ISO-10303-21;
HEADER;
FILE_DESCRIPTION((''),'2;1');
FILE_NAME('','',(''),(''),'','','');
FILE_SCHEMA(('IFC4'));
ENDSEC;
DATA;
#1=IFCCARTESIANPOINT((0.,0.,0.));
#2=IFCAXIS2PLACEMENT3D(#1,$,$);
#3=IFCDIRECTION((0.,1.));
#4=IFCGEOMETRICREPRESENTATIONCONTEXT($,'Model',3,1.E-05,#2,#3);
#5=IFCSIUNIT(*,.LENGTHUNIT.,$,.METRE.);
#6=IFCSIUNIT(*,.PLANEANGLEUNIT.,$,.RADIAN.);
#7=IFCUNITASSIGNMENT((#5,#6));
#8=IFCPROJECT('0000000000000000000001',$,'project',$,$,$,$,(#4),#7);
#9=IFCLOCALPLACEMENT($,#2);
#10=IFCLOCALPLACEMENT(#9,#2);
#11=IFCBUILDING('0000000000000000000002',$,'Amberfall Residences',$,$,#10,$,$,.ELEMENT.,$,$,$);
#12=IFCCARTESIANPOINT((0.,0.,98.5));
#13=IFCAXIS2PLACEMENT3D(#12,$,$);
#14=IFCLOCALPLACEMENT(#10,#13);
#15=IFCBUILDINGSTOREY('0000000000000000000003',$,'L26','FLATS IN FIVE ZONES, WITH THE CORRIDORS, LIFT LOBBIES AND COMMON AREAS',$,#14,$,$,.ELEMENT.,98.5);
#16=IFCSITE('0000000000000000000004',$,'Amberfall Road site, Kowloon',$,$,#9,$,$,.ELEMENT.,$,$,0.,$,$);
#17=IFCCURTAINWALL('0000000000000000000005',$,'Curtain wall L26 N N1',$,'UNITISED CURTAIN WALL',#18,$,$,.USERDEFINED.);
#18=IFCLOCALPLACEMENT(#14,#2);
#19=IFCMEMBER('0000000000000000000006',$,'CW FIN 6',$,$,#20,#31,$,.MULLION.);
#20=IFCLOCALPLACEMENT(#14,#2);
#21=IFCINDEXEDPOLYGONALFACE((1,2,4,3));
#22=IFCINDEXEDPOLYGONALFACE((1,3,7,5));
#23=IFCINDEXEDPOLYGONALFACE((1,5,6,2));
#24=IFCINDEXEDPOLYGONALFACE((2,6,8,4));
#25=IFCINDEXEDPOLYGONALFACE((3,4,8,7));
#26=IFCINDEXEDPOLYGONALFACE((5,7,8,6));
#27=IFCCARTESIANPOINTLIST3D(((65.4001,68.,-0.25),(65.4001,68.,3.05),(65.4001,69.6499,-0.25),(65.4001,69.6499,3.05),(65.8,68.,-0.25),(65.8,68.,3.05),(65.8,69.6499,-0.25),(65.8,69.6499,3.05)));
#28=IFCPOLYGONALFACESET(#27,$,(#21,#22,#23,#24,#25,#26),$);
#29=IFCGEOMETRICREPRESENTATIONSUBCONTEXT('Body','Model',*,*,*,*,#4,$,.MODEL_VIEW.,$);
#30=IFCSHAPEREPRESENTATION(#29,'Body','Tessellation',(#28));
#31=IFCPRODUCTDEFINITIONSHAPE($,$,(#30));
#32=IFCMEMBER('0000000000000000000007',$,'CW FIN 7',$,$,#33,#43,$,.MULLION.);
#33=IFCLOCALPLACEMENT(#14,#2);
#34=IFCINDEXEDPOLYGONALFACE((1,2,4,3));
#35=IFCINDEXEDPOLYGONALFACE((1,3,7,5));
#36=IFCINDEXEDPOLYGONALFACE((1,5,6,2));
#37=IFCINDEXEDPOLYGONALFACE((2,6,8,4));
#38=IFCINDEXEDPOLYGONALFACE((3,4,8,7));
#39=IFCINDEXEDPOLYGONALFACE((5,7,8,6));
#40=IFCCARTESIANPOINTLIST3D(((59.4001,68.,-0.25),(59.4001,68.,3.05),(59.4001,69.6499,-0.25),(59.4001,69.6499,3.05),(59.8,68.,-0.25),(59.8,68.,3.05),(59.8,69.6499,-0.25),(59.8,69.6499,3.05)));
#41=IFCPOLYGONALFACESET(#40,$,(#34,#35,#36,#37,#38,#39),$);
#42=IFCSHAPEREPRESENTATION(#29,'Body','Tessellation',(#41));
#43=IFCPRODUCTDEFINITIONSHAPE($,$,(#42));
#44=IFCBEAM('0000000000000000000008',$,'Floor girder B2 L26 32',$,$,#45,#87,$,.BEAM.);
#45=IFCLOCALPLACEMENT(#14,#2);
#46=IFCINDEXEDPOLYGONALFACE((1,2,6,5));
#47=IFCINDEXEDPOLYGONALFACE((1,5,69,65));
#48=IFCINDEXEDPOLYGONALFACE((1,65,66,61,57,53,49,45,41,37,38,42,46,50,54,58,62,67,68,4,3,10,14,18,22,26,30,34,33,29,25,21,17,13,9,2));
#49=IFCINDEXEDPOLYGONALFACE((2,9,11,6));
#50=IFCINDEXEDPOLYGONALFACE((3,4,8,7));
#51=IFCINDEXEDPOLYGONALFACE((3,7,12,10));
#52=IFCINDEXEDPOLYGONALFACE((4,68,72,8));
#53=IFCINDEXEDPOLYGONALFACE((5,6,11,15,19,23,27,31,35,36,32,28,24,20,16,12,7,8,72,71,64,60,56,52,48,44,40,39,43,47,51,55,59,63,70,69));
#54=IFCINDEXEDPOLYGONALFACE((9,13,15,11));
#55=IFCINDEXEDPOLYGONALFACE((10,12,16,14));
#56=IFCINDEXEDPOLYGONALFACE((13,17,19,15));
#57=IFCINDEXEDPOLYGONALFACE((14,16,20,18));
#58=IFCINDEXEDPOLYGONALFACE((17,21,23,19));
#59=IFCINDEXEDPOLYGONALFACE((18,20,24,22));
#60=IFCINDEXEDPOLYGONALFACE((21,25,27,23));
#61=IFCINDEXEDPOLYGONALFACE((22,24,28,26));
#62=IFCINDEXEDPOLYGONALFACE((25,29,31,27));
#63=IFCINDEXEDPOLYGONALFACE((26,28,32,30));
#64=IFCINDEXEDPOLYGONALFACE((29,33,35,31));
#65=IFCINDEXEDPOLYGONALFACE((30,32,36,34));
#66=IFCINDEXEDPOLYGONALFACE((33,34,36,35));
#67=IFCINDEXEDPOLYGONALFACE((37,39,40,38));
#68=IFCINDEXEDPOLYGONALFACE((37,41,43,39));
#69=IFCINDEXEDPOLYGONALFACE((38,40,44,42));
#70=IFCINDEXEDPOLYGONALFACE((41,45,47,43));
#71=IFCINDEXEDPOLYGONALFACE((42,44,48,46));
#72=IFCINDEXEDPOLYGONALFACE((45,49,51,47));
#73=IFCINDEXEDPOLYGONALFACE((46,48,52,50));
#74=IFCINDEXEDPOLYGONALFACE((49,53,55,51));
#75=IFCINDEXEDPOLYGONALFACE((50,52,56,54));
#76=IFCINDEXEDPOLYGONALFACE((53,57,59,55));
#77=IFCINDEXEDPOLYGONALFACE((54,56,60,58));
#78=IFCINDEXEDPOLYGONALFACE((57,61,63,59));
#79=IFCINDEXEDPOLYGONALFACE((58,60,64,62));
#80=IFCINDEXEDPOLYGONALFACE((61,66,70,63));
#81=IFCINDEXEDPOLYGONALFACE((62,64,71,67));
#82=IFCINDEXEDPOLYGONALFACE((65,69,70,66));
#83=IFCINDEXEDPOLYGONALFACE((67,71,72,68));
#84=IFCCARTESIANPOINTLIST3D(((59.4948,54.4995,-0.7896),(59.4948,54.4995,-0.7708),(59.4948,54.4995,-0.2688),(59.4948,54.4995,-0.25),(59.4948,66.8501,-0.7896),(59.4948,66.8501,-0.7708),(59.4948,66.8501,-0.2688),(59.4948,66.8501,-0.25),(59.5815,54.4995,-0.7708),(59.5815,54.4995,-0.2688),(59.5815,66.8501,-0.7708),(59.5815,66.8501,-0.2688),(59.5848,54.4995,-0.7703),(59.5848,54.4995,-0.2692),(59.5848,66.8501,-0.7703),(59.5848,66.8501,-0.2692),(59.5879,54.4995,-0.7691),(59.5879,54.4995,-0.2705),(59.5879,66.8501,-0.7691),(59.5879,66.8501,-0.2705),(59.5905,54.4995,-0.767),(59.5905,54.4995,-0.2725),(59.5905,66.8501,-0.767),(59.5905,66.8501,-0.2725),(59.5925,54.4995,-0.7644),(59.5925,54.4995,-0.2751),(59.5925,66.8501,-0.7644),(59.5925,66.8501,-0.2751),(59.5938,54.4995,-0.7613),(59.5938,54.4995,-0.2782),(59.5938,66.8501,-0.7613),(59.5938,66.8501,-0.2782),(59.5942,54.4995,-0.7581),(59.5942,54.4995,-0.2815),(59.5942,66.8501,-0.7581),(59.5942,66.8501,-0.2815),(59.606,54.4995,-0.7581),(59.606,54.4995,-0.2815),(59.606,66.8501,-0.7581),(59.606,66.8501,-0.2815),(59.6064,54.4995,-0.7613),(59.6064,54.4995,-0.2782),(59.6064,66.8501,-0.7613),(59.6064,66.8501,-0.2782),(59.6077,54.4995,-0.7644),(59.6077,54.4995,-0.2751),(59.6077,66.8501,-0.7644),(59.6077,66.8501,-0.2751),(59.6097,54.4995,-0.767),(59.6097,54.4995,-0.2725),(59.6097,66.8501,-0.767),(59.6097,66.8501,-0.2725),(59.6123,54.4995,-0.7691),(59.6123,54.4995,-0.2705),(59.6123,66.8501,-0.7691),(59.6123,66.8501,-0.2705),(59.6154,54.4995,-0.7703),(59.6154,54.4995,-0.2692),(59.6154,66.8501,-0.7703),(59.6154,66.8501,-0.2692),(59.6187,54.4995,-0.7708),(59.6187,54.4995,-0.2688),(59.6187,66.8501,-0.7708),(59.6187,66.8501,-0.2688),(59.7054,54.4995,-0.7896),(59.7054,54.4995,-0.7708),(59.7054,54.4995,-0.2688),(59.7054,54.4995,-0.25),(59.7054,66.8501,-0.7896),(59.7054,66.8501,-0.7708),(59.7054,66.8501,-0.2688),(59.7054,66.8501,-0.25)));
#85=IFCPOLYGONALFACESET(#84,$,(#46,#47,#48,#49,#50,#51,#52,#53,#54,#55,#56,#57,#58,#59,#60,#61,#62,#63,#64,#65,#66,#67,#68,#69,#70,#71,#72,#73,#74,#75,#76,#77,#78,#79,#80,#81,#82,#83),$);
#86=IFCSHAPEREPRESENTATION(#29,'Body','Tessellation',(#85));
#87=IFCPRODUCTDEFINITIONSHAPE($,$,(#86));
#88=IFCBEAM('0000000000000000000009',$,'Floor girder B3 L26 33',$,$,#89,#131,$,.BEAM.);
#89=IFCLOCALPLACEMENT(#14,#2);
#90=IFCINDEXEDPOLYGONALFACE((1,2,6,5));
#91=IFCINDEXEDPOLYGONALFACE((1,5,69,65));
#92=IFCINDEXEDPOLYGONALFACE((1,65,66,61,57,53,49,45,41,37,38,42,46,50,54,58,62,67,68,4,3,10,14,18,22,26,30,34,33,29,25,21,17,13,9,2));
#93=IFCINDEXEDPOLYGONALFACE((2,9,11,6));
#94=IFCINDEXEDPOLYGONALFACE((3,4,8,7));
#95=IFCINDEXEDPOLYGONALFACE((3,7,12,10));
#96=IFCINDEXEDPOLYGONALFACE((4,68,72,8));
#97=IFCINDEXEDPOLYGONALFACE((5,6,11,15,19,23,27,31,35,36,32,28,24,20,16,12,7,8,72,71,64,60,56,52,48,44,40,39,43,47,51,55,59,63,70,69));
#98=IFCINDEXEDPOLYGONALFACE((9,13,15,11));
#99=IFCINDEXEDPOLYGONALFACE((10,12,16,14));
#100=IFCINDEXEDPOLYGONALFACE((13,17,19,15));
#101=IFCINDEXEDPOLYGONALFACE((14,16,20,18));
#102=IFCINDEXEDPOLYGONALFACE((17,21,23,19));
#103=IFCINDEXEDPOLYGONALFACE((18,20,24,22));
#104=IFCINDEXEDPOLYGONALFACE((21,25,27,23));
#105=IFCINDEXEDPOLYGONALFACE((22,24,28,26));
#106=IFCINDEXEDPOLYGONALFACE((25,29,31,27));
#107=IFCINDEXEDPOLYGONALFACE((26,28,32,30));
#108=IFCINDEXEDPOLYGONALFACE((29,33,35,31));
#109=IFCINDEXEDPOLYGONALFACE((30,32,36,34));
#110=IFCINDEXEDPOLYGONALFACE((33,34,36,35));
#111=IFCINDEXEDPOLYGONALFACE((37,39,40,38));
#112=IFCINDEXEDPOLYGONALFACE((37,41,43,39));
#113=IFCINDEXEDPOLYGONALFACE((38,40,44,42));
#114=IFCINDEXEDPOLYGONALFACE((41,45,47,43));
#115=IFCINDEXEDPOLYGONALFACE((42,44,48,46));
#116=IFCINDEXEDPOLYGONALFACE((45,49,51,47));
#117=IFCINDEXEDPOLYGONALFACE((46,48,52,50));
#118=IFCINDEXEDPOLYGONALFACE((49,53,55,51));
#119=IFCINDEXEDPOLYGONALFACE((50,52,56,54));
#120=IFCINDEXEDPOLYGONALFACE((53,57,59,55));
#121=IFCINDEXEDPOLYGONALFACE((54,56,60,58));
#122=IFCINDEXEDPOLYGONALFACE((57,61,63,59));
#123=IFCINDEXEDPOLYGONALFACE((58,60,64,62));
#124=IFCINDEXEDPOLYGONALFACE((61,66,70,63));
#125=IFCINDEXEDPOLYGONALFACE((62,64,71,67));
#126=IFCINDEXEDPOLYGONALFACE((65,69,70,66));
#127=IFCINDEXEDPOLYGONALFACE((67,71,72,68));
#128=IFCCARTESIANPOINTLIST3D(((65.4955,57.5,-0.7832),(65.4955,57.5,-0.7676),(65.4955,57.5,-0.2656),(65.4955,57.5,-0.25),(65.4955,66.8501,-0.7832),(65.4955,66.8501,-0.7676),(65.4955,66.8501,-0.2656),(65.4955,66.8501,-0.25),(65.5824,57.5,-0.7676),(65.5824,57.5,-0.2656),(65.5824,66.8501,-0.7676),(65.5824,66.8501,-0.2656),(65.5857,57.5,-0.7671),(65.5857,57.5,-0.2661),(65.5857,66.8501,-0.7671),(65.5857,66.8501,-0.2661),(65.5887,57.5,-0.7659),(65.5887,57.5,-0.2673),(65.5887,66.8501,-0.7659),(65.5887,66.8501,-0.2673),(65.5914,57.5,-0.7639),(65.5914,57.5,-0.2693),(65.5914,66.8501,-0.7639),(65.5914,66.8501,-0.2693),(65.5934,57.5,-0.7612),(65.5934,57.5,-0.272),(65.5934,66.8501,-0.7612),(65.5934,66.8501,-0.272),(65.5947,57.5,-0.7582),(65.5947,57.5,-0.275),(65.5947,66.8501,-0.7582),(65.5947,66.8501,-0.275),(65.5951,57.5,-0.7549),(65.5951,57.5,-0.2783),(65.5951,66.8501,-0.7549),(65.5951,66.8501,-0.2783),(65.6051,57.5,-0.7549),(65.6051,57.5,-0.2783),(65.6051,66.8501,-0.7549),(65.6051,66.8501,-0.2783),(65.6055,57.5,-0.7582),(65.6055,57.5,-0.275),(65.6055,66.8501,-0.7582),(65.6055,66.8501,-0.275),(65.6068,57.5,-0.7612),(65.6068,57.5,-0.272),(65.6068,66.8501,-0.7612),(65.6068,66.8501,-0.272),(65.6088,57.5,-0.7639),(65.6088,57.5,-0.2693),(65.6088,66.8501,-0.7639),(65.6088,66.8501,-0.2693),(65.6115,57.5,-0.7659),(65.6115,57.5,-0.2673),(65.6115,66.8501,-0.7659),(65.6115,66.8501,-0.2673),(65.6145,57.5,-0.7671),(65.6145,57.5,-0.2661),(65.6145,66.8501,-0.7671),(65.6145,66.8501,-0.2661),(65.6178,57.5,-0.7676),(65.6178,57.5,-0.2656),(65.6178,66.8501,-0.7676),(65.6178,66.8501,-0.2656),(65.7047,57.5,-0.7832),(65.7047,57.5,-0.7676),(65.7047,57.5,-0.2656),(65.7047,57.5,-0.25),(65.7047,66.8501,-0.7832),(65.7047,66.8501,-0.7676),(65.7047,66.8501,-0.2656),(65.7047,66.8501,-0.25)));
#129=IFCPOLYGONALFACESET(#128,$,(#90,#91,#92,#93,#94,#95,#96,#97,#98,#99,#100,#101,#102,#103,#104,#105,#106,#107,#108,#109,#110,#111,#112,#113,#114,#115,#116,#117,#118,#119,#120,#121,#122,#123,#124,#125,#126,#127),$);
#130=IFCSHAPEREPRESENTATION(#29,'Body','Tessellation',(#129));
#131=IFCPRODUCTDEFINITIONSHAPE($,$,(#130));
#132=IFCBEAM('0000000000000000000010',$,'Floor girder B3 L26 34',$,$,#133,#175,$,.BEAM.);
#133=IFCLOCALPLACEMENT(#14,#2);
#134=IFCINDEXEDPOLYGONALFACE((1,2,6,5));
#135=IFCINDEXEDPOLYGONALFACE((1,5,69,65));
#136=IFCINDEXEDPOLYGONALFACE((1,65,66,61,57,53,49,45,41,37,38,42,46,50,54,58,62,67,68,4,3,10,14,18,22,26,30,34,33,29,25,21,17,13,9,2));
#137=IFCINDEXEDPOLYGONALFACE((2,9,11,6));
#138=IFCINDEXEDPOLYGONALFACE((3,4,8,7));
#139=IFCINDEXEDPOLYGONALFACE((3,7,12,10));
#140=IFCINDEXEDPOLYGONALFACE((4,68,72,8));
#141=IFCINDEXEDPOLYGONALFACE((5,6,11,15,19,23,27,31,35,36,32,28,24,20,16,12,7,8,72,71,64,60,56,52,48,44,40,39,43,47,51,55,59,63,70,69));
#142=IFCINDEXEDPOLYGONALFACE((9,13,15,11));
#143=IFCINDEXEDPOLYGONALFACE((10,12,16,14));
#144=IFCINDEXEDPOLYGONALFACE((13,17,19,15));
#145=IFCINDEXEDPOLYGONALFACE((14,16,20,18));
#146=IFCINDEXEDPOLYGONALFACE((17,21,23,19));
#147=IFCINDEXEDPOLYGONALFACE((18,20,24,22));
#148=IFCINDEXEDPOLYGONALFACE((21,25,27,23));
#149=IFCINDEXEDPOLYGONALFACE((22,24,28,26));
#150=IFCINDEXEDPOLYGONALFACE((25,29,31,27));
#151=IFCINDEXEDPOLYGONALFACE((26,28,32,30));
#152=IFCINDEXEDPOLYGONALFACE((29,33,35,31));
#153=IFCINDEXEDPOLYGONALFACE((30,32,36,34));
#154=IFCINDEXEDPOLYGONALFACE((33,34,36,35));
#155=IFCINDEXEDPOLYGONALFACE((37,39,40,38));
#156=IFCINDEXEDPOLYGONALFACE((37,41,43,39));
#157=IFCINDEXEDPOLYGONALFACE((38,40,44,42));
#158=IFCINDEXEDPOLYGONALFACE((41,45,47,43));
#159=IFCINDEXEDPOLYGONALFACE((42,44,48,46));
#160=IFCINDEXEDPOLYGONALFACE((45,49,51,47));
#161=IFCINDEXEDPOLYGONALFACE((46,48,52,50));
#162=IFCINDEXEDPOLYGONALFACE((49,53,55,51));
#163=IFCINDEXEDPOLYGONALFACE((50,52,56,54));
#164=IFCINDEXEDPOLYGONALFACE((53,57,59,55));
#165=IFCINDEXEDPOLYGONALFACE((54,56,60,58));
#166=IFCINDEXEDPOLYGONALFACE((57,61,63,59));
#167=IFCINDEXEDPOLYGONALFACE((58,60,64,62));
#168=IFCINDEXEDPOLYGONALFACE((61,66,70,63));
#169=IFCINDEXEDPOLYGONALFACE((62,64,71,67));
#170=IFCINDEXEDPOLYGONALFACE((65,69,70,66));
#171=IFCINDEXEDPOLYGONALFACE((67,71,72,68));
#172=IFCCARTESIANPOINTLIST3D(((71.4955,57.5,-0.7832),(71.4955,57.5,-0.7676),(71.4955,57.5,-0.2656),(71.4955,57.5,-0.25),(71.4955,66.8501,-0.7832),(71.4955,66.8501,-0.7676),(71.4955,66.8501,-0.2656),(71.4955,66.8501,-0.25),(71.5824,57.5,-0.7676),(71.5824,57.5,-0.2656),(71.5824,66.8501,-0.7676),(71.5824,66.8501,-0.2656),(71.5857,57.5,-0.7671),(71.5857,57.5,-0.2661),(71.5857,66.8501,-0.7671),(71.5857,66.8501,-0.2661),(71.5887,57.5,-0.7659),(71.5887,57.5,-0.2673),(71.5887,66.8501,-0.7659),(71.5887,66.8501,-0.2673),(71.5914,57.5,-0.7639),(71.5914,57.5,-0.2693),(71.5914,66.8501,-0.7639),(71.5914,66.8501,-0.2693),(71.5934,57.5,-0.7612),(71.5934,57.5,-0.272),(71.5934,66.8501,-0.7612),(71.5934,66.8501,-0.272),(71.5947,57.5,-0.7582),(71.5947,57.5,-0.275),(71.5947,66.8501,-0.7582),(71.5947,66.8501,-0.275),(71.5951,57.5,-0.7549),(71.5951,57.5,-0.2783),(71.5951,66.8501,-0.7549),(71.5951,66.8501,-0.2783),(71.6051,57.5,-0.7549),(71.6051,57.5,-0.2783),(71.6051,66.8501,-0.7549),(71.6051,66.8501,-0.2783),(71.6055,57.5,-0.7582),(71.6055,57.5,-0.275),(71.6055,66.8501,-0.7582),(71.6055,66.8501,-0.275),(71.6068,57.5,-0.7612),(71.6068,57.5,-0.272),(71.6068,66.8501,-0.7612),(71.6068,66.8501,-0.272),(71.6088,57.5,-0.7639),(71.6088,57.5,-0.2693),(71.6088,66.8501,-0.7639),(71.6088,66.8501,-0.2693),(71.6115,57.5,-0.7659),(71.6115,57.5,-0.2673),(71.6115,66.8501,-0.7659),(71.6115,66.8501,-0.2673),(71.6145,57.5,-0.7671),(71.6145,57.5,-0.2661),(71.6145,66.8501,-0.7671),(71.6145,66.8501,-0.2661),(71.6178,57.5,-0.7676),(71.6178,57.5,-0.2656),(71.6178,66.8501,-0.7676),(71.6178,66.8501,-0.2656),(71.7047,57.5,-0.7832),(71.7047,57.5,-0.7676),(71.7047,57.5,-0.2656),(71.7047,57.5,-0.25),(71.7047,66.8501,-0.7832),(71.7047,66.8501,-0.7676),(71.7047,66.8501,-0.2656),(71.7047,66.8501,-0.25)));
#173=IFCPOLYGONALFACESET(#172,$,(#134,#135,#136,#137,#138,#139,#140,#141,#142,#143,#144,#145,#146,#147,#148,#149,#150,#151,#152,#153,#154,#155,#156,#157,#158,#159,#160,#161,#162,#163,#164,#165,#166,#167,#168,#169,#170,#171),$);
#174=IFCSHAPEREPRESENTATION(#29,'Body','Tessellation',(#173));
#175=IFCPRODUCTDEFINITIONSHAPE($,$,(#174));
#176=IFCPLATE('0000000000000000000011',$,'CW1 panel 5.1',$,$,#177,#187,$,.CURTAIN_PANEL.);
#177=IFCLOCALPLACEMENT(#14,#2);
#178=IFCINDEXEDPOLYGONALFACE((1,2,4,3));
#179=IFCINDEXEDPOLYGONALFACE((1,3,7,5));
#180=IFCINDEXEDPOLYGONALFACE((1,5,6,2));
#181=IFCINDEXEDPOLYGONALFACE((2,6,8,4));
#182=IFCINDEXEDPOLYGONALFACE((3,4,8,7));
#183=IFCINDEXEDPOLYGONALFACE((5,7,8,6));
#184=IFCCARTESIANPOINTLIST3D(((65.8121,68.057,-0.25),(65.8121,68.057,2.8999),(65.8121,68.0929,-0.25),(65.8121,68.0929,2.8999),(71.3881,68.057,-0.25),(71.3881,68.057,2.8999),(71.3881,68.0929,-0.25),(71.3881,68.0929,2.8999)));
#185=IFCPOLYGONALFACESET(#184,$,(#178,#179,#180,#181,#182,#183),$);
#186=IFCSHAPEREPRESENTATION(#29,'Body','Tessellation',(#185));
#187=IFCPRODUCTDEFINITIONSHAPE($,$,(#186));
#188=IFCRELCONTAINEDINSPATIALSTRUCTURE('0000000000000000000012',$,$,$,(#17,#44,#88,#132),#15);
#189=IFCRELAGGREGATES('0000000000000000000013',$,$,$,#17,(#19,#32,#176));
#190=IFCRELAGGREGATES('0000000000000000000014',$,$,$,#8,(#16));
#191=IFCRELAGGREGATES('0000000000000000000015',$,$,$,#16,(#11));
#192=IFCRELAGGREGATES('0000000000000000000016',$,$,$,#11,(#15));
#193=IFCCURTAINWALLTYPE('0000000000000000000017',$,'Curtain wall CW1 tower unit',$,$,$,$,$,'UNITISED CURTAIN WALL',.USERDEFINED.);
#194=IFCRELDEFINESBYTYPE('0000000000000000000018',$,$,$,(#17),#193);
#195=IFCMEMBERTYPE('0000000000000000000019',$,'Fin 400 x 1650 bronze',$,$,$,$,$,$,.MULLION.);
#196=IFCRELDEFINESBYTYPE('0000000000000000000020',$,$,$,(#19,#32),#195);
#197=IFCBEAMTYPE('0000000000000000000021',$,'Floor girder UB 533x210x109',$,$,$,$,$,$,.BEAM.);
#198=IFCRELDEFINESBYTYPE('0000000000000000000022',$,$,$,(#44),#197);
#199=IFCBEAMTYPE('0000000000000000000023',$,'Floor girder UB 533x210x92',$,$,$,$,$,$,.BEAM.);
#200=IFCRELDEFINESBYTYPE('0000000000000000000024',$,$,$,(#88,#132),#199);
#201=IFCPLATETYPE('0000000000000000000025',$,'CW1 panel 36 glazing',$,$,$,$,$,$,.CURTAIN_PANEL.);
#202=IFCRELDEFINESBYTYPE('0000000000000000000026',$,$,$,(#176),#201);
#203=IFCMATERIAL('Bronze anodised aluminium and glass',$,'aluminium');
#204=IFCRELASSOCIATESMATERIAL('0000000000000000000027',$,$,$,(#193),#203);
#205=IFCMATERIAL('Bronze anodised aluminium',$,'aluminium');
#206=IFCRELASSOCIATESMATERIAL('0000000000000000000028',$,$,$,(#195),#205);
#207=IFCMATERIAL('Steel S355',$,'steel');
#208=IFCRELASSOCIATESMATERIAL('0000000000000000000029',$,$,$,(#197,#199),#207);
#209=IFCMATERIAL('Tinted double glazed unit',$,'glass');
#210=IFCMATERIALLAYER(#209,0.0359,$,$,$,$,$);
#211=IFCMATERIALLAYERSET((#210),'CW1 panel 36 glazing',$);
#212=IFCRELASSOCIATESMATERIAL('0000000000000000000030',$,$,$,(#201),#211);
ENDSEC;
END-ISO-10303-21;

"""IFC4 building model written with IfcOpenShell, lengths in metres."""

from ifc_helpers import new_model, si_unit, direction, frame, origin, origin_2d, place, context, subcontext, project, spatial, rectangle, i_section, extrude, material, layer, layer_set, material_profile, profile_set, type_object, element, aggregate, save


model = new_model("IFC4")

# Units and contexts
model_context = context("Model", 3, precision=1e-05, world=origin(), true_north=direction((0.0, 1.0)))
body_context = subcontext(model_context, "Body", "Model", "MODEL_VIEW")
ifc_project = project(units=[si_unit("LENGTHUNIT", "METRE"), si_unit("PLANEANGLEUNIT", "RADIAN")], contexts=[model_context])

# Site, building, storey
site_placement = place(None, origin())
site = spatial("IfcSite", under=ifc_project, at=site_placement, Name="Amberfall Road site, Kowloon", CompositionType="ELEMENT", RefElevation=0.0)
building_placement = place(site_placement, origin())
building = spatial("IfcBuilding", under=site, at=building_placement, Name="Amberfall Residences", CompositionType="ELEMENT")
storey_placement = place(building_placement, frame((0.0, 0.0, 98.5)))
storey = spatial("IfcBuildingStorey", under=building, at=storey_placement, Name="L26", Description="FLATS IN FIVE ZONES, WITH THE CORRIDORS, LIFT LOBBIES AND COMMON AREAS", CompositionType="ELEMENT", Elevation=98.5)

# Curtain wall
ifc_material_1 = material(Name="Bronze anodised aluminium and glass", Category="aluminium")
curtain_wall_type = type_object("IfcCurtainWallType", Name="Curtain wall CW1 tower unit", ElementType="UNITISED CURTAIN WALL", PredefinedType="USERDEFINED", material=ifc_material_1)
curtain_wall_placement = place(storey_placement, origin())
curtain_wall = element("IfcCurtainWall", 1, at=curtain_wall_placement, inside=storey, type_object=curtain_wall_type, Name="Curtain wall L26 N N1", ObjectType="UNITISED CURTAIN WALL", PredefinedType="USERDEFINED")
ifc_material_2 = material(Name="Bronze anodised aluminium", Category="aluminium")

# Shared definitions
ifc_material_3 = material(Name="Steel S355", Category="steel")

# Members
ifc_material_profile_1 = material_profile(ifc_material_2, rectangle(XDim=1.6499, YDim=0.3999, at=origin_2d()), Name="Fin 400 x 1650 bronze")
ifc_profile_set_1 = profile_set([ifc_material_profile_1], Name="Bronze anodised aluminium")
member_type_1 = type_object("IfcMemberType", Name="Fin 400 x 1650 bronze", PredefinedType="MULLION", material=ifc_profile_set_1)
member_1_placement = place(storey_placement, frame((65.6001, 68.825, -0.25), z_axis=(0.0, 0.0, 1.0), x_axis=(0.0, -1.0, 0.0)))
member_1 = element("IfcMember", 2, at=member_1_placement, type_object=member_type_1, Name="CW FIN 6", PredefinedType="MULLION", context=body_context, shape_type="SweptSolid", body=[
    extrude(rectangle(XDim=1.6499, YDim=0.3999, at=origin_2d()), origin(), (0.0, 0.0, 1.0), 3.3),
])
member_2_placement = place(storey_placement, frame((59.6001, 68.825, -0.25), z_axis=(0.0, 0.0, 1.0), x_axis=(0.0, -1.0, 0.0)))
member_2 = element("IfcMember", 3, at=member_2_placement, type_object=member_type_1, Name="CW FIN 7", PredefinedType="MULLION", context=body_context, shape_type="SweptSolid", body=[
    extrude(rectangle(XDim=1.6499, YDim=0.3999, at=origin_2d()), origin(), (0.0, 0.0, 1.0), 3.3),
])

# Beams
ifc_material_profile_2 = material_profile(ifc_material_3, i_section(OverallWidth=0.2107, OverallDepth=0.5396, WebThickness=0.0117, FlangeThickness=0.0188, FilletRadius=0.0127, at=origin_2d()), Name="UB 533x210x109")
ifc_profile_set_2 = profile_set([ifc_material_profile_2], Name="Steel S355")
beam_type_1 = type_object("IfcBeamType", Name="Floor girder UB 533x210x109", PredefinedType="BEAM", material=ifc_profile_set_2)
beam_placement = place(storey_placement, frame((59.6001, 66.8501, -0.5198), z_axis=(0.0, -1.0, 0.0), x_axis=(1.0, 0.0, 0.0)))
element("IfcBeam", 4, at=beam_placement, inside=storey, type_object=beam_type_1, Name="Floor girder B2 L26 32", PredefinedType="BEAM", context=body_context, shape_type="SweptSolid", body=[
    extrude(i_section(OverallWidth=0.2107, OverallDepth=0.5396, WebThickness=0.0117, FlangeThickness=0.0188, FilletRadius=0.0127, at=origin_2d()), origin(), (0.0, 0.0, 1.0), 12.3506),
])
ifc_material_profile_3 = material_profile(ifc_material_3, i_section(OverallWidth=0.2092, OverallDepth=0.5332, WebThickness=0.01, FlangeThickness=0.0156, FilletRadius=0.0127, at=origin_2d()), Name="UB 533x210x92")
ifc_profile_set_3 = profile_set([ifc_material_profile_3], Name="Steel S355")
beam_type_2 = type_object("IfcBeamType", Name="Floor girder UB 533x210x92", PredefinedType="BEAM", material=ifc_profile_set_3)
for number, where, z_axis, x_axis, name in (
    (5, (65.6001, 66.8501, -0.5166), (0.0, -1.0, 0.0), (1.0, 0.0, 0.0), "Floor girder B3 L26 33"),
    (6, (71.6001, 66.8501, -0.5166), (0.0, -1.0, 0.0), (1.0, 0.0, 0.0), "Floor girder B3 L26 34"),
):
    element("IfcBeam", number, at=place(storey_placement, frame(where, z_axis=z_axis, x_axis=x_axis)), inside=storey, type_object=beam_type_2, Name=name, PredefinedType="BEAM", context=body_context, shape_type="SweptSolid", body=[
        extrude(i_section(OverallWidth=0.2092, OverallDepth=0.5332, WebThickness=0.01, FlangeThickness=0.0156, FilletRadius=0.0127, at=origin_2d()), origin(), (0.0, 0.0, 1.0), 9.3501),
    ])

# Plate
ifc_material_4 = material(Name="Tinted double glazed unit", Category="glass")
ifc_layer_1 = layer(ifc_material_4, 0.0359)
ifc_layer_set_1 = layer_set([ifc_layer_1], Name="CW1 panel 36 glazing")
plate_type = type_object("IfcPlateType", Name="CW1 panel 36 glazing", PredefinedType="CURTAIN_PANEL", material=ifc_layer_set_1)
plate_1_placement = place(storey_placement, frame((68.6001, 68.075, -0.25), z_axis=(0.0, 0.0, 1.0), x_axis=(-1.0, 0.0, 0.0)))
plate_1 = element("IfcPlate", 7, at=plate_1_placement, type_object=plate_type, Name="CW1 panel 5.1", PredefinedType="CURTAIN_PANEL", context=body_context, shape_type="SweptSolid", body=[
    extrude(rectangle(XDim=5.5759, YDim=0.0359, at=origin_2d()), origin(), (0.0, 0.0, 1.0), 3.1499),
])
aggregate(curtain_wall, [member_1, member_2, plate_1])

save(model, "model.ifc")
